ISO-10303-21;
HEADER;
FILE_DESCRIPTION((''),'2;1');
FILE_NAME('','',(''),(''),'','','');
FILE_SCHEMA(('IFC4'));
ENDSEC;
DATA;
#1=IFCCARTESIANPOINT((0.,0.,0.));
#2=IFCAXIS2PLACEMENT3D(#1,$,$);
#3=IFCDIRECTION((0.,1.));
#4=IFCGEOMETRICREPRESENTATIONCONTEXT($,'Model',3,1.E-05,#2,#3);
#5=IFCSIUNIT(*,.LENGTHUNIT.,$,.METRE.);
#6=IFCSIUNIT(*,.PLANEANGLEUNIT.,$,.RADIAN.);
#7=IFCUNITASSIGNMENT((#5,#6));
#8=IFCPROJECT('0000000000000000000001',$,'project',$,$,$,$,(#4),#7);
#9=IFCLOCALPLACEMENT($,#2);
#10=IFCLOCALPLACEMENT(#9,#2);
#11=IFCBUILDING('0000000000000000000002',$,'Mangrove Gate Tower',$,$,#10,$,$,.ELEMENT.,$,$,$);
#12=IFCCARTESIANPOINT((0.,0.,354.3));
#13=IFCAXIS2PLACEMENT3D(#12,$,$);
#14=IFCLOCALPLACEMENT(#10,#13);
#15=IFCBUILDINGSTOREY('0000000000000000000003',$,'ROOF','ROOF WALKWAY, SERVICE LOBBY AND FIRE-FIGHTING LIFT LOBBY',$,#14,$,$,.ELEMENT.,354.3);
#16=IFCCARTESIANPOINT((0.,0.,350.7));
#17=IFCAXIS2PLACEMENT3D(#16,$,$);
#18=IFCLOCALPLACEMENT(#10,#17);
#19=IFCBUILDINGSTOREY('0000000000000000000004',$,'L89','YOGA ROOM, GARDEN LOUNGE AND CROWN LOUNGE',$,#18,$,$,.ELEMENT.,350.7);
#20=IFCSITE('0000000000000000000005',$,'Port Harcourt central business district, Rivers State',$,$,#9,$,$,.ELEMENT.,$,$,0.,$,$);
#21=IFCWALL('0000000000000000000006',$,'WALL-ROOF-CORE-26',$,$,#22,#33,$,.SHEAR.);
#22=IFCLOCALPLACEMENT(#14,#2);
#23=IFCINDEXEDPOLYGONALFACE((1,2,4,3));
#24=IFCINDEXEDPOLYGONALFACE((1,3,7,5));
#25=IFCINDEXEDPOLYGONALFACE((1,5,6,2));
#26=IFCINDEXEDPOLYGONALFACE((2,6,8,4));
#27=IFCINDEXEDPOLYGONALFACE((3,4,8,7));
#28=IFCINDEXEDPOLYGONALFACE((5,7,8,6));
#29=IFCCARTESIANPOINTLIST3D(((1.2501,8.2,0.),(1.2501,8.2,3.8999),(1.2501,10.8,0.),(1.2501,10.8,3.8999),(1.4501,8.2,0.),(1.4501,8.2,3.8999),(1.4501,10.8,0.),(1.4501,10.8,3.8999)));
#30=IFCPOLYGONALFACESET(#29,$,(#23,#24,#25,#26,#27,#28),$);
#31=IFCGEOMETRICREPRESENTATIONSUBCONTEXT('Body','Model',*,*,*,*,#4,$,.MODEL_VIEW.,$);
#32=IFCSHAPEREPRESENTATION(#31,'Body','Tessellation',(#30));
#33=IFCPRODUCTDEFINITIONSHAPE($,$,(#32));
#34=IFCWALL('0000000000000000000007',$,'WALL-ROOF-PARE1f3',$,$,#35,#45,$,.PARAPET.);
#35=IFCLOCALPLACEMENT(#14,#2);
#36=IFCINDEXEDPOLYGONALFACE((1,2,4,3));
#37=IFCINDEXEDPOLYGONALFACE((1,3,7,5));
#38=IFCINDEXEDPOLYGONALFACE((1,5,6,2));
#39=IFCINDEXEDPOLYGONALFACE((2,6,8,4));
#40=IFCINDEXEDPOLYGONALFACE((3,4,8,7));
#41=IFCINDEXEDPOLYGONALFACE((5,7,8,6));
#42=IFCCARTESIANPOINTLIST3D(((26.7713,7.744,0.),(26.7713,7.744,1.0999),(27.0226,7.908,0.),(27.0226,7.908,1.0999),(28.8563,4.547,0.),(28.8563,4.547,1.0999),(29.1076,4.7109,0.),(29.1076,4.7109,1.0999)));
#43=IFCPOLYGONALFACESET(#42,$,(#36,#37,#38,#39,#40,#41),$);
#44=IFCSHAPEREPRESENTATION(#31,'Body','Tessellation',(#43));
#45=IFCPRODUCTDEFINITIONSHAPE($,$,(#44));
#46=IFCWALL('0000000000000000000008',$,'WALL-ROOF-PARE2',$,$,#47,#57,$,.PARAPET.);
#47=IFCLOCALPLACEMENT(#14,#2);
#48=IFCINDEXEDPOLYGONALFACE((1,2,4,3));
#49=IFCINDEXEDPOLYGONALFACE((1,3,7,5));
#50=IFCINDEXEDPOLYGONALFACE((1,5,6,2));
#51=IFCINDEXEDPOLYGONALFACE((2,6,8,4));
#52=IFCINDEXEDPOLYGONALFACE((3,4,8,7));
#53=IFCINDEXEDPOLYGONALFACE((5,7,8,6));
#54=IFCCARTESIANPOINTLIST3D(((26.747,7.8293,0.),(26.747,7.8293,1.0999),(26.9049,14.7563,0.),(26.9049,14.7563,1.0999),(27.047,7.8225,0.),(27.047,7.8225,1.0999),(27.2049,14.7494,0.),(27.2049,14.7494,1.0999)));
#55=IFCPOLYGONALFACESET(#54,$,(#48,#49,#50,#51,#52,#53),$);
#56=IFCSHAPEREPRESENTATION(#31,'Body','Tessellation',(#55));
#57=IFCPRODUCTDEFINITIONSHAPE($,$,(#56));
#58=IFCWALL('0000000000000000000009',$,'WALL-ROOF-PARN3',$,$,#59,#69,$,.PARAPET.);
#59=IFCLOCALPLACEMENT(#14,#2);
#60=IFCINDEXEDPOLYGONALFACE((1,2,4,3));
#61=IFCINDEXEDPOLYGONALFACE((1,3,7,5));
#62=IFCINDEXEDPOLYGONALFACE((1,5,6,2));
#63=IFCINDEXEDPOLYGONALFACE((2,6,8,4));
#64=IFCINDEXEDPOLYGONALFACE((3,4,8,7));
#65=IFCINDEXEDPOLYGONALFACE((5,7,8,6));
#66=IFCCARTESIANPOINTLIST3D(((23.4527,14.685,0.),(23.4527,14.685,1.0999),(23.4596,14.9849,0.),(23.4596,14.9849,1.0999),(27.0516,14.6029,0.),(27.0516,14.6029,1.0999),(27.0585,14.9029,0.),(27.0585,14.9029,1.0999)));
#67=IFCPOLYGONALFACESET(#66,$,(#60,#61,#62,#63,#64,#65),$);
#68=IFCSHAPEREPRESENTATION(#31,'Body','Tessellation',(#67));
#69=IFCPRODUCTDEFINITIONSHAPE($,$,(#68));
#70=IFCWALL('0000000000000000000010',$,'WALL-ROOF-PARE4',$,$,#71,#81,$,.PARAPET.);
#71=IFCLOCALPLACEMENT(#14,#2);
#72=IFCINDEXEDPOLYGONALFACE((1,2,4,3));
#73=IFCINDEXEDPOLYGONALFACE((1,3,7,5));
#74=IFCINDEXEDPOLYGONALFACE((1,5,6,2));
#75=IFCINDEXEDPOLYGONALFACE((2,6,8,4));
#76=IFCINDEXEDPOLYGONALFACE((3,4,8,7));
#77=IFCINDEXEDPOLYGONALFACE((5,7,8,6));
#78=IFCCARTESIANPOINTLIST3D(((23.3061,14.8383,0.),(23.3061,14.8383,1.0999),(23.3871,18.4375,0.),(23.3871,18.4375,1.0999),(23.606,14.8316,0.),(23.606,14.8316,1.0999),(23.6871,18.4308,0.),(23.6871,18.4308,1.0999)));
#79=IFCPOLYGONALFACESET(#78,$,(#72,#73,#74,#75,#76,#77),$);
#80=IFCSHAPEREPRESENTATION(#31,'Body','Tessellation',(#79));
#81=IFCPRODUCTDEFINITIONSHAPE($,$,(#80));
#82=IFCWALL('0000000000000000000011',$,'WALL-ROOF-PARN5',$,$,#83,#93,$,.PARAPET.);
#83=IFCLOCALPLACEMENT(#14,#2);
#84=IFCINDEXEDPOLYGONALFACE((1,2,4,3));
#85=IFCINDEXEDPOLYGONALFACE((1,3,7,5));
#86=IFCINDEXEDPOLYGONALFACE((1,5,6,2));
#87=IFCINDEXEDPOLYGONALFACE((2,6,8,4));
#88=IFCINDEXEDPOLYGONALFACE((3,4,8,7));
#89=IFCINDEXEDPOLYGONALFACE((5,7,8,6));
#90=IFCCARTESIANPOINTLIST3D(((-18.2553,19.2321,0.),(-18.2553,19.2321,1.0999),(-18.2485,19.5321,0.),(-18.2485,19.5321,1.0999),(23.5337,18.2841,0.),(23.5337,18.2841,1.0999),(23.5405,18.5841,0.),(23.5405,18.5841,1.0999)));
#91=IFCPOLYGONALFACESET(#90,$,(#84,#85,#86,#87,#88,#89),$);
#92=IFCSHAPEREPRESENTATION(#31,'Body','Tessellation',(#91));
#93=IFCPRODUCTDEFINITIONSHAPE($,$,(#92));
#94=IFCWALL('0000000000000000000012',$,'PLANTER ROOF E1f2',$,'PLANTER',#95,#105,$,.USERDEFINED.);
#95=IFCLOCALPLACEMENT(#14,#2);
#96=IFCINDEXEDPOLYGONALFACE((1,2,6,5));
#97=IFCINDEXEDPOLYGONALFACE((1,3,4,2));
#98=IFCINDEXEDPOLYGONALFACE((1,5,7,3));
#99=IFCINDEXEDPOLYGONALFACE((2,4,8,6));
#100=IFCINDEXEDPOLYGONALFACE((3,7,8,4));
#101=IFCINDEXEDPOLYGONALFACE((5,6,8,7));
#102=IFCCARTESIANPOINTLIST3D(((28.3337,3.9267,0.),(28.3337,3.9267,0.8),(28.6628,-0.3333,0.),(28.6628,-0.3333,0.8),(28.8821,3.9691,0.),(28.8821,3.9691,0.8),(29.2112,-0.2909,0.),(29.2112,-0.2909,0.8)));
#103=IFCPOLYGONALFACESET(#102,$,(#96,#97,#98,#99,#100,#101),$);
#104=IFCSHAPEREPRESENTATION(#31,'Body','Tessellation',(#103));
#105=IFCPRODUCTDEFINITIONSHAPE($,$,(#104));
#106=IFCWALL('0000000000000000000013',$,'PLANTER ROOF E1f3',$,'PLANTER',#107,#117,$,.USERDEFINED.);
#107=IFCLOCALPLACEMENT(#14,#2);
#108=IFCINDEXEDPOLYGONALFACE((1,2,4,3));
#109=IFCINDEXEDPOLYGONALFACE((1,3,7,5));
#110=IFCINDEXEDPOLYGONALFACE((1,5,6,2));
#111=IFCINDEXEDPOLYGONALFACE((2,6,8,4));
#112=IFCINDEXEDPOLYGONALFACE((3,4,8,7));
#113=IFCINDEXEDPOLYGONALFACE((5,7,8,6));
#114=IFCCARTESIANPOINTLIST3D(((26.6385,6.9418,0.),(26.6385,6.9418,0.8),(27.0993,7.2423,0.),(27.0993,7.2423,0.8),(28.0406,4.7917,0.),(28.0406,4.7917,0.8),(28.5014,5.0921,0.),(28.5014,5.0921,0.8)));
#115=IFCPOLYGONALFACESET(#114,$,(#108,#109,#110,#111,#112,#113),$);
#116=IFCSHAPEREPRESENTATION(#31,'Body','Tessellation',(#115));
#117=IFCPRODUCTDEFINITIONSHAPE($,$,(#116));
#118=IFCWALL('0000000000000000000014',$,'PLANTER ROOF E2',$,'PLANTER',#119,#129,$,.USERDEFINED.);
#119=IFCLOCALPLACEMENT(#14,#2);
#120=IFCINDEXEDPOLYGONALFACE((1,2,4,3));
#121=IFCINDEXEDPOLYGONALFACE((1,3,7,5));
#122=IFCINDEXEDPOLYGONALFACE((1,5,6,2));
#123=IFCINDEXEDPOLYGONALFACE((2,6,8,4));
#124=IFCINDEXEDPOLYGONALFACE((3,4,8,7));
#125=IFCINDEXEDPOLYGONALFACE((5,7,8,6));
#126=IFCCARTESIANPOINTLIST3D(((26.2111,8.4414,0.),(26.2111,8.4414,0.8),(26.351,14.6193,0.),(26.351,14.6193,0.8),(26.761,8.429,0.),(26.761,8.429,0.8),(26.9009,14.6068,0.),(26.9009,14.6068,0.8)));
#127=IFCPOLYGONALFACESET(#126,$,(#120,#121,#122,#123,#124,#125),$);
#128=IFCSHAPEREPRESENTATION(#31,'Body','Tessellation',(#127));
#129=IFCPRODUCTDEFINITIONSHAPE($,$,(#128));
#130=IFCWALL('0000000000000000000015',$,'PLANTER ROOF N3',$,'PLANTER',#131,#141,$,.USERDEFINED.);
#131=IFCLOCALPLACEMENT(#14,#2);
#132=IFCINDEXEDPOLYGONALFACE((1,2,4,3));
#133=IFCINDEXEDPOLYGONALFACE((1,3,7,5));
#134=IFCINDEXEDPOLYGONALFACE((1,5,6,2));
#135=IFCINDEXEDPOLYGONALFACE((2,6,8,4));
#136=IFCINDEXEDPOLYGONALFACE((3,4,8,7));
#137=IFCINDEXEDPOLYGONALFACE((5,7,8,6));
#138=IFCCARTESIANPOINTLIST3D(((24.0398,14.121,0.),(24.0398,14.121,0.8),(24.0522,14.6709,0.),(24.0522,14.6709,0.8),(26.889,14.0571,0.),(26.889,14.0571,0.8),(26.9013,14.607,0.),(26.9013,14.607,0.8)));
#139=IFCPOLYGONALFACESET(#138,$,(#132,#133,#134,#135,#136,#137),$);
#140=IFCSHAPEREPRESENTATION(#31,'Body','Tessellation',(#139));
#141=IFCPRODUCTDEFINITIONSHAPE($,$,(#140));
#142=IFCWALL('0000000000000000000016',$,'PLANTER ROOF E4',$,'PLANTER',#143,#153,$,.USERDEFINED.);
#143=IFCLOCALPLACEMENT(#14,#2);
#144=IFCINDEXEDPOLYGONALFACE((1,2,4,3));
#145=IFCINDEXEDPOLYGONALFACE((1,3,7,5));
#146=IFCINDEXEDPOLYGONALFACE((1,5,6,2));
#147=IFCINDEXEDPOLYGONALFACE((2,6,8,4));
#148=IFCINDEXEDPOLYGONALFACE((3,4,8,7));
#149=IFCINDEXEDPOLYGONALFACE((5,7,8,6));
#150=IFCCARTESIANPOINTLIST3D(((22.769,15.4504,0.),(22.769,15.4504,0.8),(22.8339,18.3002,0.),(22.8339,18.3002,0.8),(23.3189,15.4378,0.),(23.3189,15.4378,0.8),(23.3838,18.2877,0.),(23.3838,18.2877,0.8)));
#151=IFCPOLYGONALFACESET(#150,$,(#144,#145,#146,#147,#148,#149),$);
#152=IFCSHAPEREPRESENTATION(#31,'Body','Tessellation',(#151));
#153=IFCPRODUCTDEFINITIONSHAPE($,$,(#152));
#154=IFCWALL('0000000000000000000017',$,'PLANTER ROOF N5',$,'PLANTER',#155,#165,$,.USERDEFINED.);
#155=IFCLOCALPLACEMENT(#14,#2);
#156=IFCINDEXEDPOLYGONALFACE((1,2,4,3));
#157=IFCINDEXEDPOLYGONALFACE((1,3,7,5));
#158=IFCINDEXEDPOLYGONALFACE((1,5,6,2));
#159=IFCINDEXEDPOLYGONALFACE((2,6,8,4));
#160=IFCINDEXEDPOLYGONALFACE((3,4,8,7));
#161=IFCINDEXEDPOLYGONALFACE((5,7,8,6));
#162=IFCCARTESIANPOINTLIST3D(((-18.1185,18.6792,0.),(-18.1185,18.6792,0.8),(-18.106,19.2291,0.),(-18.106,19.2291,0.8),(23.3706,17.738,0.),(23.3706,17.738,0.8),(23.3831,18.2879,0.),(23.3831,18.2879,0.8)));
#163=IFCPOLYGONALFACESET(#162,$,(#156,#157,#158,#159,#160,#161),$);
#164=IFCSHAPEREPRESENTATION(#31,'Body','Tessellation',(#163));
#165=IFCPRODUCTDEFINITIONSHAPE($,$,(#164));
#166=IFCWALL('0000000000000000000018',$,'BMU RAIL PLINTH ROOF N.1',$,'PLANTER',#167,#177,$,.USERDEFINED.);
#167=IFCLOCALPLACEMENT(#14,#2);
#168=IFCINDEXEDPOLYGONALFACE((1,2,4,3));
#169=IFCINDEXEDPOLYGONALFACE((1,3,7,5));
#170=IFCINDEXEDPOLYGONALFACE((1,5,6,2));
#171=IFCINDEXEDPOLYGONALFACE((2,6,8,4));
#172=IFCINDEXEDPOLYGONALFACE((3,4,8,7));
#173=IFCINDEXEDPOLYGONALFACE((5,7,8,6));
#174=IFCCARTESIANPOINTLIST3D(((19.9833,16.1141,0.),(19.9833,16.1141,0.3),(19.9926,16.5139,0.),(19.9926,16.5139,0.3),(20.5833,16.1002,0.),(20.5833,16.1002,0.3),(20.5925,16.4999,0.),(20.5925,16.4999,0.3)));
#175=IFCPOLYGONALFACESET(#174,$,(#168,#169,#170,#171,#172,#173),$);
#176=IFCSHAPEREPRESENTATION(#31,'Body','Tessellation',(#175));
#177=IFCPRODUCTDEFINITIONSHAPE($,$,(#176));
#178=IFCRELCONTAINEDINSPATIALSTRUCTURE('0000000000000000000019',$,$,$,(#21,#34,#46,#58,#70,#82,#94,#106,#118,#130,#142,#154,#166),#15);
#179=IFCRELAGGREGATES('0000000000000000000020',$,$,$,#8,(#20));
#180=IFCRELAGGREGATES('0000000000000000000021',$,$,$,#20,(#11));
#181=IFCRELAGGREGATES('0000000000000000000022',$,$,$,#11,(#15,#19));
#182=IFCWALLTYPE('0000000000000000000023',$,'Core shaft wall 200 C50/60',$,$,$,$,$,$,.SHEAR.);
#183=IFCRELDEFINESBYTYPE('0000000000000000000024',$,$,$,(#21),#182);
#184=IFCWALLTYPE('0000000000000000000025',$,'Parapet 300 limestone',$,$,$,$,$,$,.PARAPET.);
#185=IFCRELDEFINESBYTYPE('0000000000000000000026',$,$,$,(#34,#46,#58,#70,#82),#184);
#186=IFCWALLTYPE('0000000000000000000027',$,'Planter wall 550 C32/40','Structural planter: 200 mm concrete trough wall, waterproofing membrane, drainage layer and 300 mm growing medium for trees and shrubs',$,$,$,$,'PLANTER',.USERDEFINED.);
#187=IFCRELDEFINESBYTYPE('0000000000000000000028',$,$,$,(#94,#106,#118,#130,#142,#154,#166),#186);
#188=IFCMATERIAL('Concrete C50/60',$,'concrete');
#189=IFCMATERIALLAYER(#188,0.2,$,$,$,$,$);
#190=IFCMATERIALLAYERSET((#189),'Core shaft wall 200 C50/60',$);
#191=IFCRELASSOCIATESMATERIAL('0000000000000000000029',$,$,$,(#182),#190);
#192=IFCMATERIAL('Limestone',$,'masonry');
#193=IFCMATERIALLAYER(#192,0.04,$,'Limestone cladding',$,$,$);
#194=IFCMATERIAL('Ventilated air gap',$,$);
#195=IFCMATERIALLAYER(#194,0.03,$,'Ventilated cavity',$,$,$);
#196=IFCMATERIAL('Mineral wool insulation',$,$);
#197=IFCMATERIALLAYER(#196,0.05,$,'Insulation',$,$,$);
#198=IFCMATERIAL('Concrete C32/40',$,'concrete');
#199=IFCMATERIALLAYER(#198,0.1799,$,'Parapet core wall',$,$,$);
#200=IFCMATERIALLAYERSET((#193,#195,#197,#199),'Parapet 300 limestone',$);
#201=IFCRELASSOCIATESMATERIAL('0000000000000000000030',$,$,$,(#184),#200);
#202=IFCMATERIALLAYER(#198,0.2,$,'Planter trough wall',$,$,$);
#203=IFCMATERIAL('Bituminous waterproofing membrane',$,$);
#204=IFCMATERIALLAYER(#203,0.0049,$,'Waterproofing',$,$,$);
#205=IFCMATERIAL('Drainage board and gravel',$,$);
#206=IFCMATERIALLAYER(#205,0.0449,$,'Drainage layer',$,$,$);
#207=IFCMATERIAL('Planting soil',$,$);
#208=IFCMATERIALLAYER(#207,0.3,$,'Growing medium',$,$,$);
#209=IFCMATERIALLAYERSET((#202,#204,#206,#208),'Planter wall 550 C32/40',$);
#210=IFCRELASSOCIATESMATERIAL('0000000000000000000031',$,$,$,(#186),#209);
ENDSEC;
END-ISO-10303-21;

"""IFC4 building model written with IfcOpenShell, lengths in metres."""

from ifc_helpers import new_model, si_unit, direction, frame, frame_2d, origin, place, context, subcontext, project, spatial, rectangle, extrude, material, layer, layer_set, type_object, element, save


model = new_model("IFC4")

# Units and contexts
model_context = context("Model", 3, precision=1e-05, world=origin(), true_north=direction((0.0, 1.0)))
body_context = subcontext(model_context, "Body", "Model", "MODEL_VIEW")
ifc_project = project(units=[si_unit("LENGTHUNIT", "METRE"), si_unit("PLANEANGLEUNIT", "RADIAN")], contexts=[model_context])

# Site, building, storey
site_placement = place(None, origin())
site = spatial("IfcSite", under=ifc_project, at=site_placement, Name="Port Harcourt central business district, Rivers State", CompositionType="ELEMENT", RefElevation=0.0)
building_placement = place(site_placement, origin())
building = spatial("IfcBuilding", under=site, at=building_placement, Name="Mangrove Gate Tower", CompositionType="ELEMENT")
storey_1_placement = place(building_placement, frame((0.0, 0.0, 354.3)))
storey_1 = spatial("IfcBuildingStorey", under=building, at=storey_1_placement, Name="ROOF", Description="ROOF WALKWAY, SERVICE LOBBY AND FIRE-FIGHTING LIFT LOBBY", CompositionType="ELEMENT", Elevation=354.3)

# Shared definitions
storey_2_placement = place(building_placement, frame((0.0, 0.0, 350.7)))
storey_2 = spatial("IfcBuildingStorey", under=building, at=storey_2_placement, Name="L89", Description="YOGA ROOM, GARDEN LOUNGE AND CROWN LOUNGE", CompositionType="ELEMENT", Elevation=350.7)

# Walls
ifc_material_1 = material(Name="Concrete C50/60", Category="concrete")
ifc_layer_1 = layer(ifc_material_1, 0.2)
ifc_layer_set_1 = layer_set([ifc_layer_1], Name="Core shaft wall 200 C50/60")
wall_type_1 = type_object("IfcWallType", Name="Core shaft wall 200 C50/60", PredefinedType="SHEAR", material=ifc_layer_set_1)
for number, where, z_axis, x_axis, name in (
    (1, (1.3501, 8.2, 0.0), (0.0, 0.0, 1.0), (0.0, 1.0, 0.0), "WALL-ROOF-CORE-26"),
):
    element("IfcWall", number, at=place(storey_1_placement, frame(where, z_axis=z_axis, x_axis=x_axis)), inside=storey_1, type_object=wall_type_1, Name=name, PredefinedType="SHEAR", context=body_context, shape_type="SweptSolid", body=[
        extrude(rectangle(XDim=2.6001, YDim=0.2, at=frame_2d((1.3, 0.0))), origin(), (0.0, 0.0, 1.0), 3.8999),
    ])
ifc_material_2 = material(Name="Limestone", Category="masonry")
ifc_layer_2 = layer(ifc_material_2, 0.04, Name="Limestone cladding")
ifc_material_3 = material(Name="Ventilated air gap")
ifc_layer_3 = layer(ifc_material_3, 0.03, Name="Ventilated cavity")
ifc_material_4 = material(Name="Mineral wool insulation")
ifc_layer_4 = layer(ifc_material_4, 0.05, Name="Insulation")
ifc_material_5 = material(Name="Concrete C32/40", Category="concrete")
ifc_layer_5 = layer(ifc_material_5, 0.1799, Name="Parapet core wall")
ifc_layer_set_2 = layer_set([ifc_layer_2, ifc_layer_3, ifc_layer_4, ifc_layer_5], Name="Parapet 300 limestone")
wall_type_2 = type_object("IfcWallType", Name="Parapet 300 limestone", PredefinedType="PARAPET", material=ifc_layer_set_2)
wall_1_placement = place(storey_1_placement, frame((28.9819, 4.6289, 0.0), z_axis=(0.0, 0.0, 1.0), x_axis=(-0.546258, 0.837617, 0.0)))
element("IfcWall", 2, at=wall_1_placement, inside=storey_1, type_object=wall_type_2, Name="WALL-ROOF-PARE1f3", PredefinedType="PARAPET", context=body_context, shape_type="SweptSolid", body=[
    extrude(rectangle(XDim=3.8169, YDim=0.3, at=frame_2d((1.9084, 0.0))), origin(), (0.0, 0.0, 1.0), 1.0999),
])
wall_2_placement = place(storey_1_placement, frame((26.897, 7.8259, 0.0), z_axis=(0.0, 0.0, 1.0), x_axis=(0.022797, 0.99974, 0.0)))
element("IfcWall", 3, at=wall_2_placement, inside=storey_1, type_object=wall_type_2, Name="WALL-ROOF-PARE2", PredefinedType="PARAPET", context=body_context, shape_type="SweptSolid", body=[
    extrude(rectangle(XDim=6.9287, YDim=0.3, at=frame_2d((3.4644, 0.0))), origin(), (0.0, 0.0, 1.0), 1.0999),
])
wall_3_placement = place(storey_1_placement, frame((27.0549, 14.7529, 0.0), z_axis=(0.0, 0.0, 1.0), x_axis=(-0.99974, 0.022788, 0.0)))
element("IfcWall", 4, at=wall_3_placement, inside=storey_1, type_object=wall_type_2, Name="WALL-ROOF-PARN3", PredefinedType="PARAPET", context=body_context, shape_type="SweptSolid", body=[
    extrude(rectangle(XDim=3.5999, YDim=0.3, at=frame_2d((1.7998, 0.0))), origin(), (0.0, 0.0, 1.0), 1.0999),
])
wall_4_placement = place(storey_1_placement, frame((23.4561, 14.835, 0.0), z_axis=(0.0, 0.0, 1.0), x_axis=(0.022515, 0.999747, 0.0)))
element("IfcWall", 5, at=wall_4_placement, inside=storey_1, type_object=wall_type_2, Name="WALL-ROOF-PARE4", PredefinedType="PARAPET", context=body_context, shape_type="SweptSolid", body=[
    extrude(rectangle(XDim=3.6001, YDim=0.3, at=frame_2d((1.8, 0.0))), origin(), (0.0, 0.0, 1.0), 1.0999),
])
wall_5_placement = place(storey_1_placement, frame((23.5371, 18.4341, 0.0), z_axis=(0.0, 0.0, 1.0), x_axis=(-0.999743, 0.022679, 0.0)))
element("IfcWall", 6, at=wall_5_placement, inside=storey_1, type_object=wall_type_2, Name="WALL-ROOF-PARN5", PredefinedType="PARAPET", context=body_context, shape_type="SweptSolid", body=[
    extrude(rectangle(XDim=41.7998, YDim=0.3, at=frame_2d((20.8999, 0.0))), origin(), (0.0, 0.0, 1.0), 1.0999),
])
ifc_layer_6 = layer(ifc_material_5, 0.2, Name="Planter trough wall")
ifc_material_6 = material(Name="Bituminous waterproofing membrane")
ifc_layer_7 = layer(ifc_material_6, 0.0049, Name="Waterproofing")
ifc_material_7 = material(Name="Drainage board and gravel")
ifc_layer_8 = layer(ifc_material_7, 0.0449, Name="Drainage layer")
ifc_material_8 = material(Name="Planting soil")
ifc_layer_9 = layer(ifc_material_8, 0.3, Name="Growing medium")
ifc_layer_set_3 = layer_set([ifc_layer_6, ifc_layer_7, ifc_layer_8, ifc_layer_9], Name="Planter wall 550 C32/40")
wall_type_3 = type_object("IfcWallType", Name="Planter wall 550 C32/40", Description="Structural planter: 200 mm concrete trough wall, waterproofing membrane, drainage layer and 300 mm growing medium for trees and shrubs", ElementType="PLANTER", PredefinedType="USERDEFINED", material=ifc_layer_set_3)
wall_6_placement = place(storey_1_placement, frame((28.937, -0.312, 0.0), z_axis=(0.0, 0.0, 1.0), x_axis=(-0.077024, 0.997029, 0.0)))
element("IfcWall", 7, at=wall_6_placement, inside=storey_1, type_object=wall_type_3, Name="PLANTER ROOF E1f2", ObjectType="PLANTER", PredefinedType="USERDEFINED", context=body_context, shape_type="SweptSolid", body=[
    extrude(rectangle(XDim=4.2727, YDim=0.55, at=frame_2d((2.1362, 0.0))), origin(), (0.0, 0.0, 1.0), 0.8),
])
wall_7_placement = place(storey_1_placement, frame((28.271, 4.9419, 0.0), z_axis=(0.0, 0.0, 1.0), x_axis=(-0.546221, 0.837641, 0.0)))
element("IfcWall", 8, at=wall_7_placement, inside=storey_1, type_object=wall_type_3, Name="PLANTER ROOF E1f3", ObjectType="PLANTER", PredefinedType="USERDEFINED", context=body_context, shape_type="SweptSolid", body=[
    extrude(rectangle(XDim=2.5669, YDim=0.55, at=frame_2d((1.2834, 0.0))), origin(), (0.0, 0.0, 1.0), 0.8),
])
wall_8_placement = place(storey_1_placement, frame((26.4861, 8.4351, 0.0), z_axis=(0.0, 0.0, 1.0), x_axis=(0.022638, 0.999744, 0.0)))
element("IfcWall", 9, at=wall_8_placement, inside=storey_1, type_object=wall_type_3, Name="PLANTER ROOF E2", ObjectType="PLANTER", PredefinedType="USERDEFINED", context=body_context, shape_type="SweptSolid", body=[
    extrude(rectangle(XDim=6.1794, YDim=0.55, at=frame_2d((3.0898, 0.0))), origin(), (0.0, 0.0, 1.0), 0.8),
])
wall_9_placement = place(storey_1_placement, frame((26.895, 14.332, 0.0), z_axis=(0.0, 0.0, 1.0), x_axis=(-0.999748, 0.022445, 0.0)))
element("IfcWall", 10, at=wall_9_placement, inside=storey_1, type_object=wall_type_3, Name="PLANTER ROOF N3", ObjectType="PLANTER", PredefinedType="USERDEFINED", context=body_context, shape_type="SweptSolid", body=[
    extrude(rectangle(XDim=2.8499, YDim=0.55, at=frame_2d((1.4248, 0.0))), origin(), (0.0, 0.0, 1.0), 0.8),
])
wall_10_placement = place(storey_1_placement, frame((23.0439, 15.4441, 0.0), z_axis=(0.0, 0.0, 1.0), x_axis=(0.022782, 0.99974, 0.0)))
element("IfcWall", 11, at=wall_10_placement, inside=storey_1, type_object=wall_type_3, Name="PLANTER ROOF E4", ObjectType="PLANTER", PredefinedType="USERDEFINED", context=body_context, shape_type="SweptSolid", body=[
    extrude(rectangle(XDim=2.8506, YDim=0.55, at=frame_2d((1.4253, 0.0))), origin(), (0.0, 0.0, 1.0), 0.8),
])
wall_11_placement = place(storey_1_placement, frame((23.377, 18.0129, 0.0), z_axis=(0.0, 0.0, 1.0), x_axis=(-0.999743, 0.022679, 0.0)))
element("IfcWall", 12, at=wall_11_placement, inside=storey_1, type_object=wall_type_3, Name="PLANTER ROOF N5", ObjectType="PLANTER", PredefinedType="USERDEFINED", context=body_context, shape_type="SweptSolid", body=[
    extrude(rectangle(XDim=41.4998, YDim=0.55, at=frame_2d((20.75, 0.0))), origin(), (0.0, 0.0, 1.0), 0.8),
])
wall_12_placement = place(storey_1_placement, frame((20.5879, 16.3, 0.0), z_axis=(0.0, 0.0, 1.0), x_axis=(-0.999731, 0.023193, 0.0)))
element("IfcWall", 13, at=wall_12_placement, inside=storey_1, type_object=wall_type_3, Name="BMU RAIL PLINTH ROOF N.1", ObjectType="PLANTER", PredefinedType="USERDEFINED", context=body_context, shape_type="SweptSolid", body=[
    extrude(rectangle(XDim=0.6001, YDim=0.3999, at=frame_2d((0.3, 0.0))), origin(), (0.0, 0.0, 1.0), 0.3),
])

save(model, "model.ifc")
